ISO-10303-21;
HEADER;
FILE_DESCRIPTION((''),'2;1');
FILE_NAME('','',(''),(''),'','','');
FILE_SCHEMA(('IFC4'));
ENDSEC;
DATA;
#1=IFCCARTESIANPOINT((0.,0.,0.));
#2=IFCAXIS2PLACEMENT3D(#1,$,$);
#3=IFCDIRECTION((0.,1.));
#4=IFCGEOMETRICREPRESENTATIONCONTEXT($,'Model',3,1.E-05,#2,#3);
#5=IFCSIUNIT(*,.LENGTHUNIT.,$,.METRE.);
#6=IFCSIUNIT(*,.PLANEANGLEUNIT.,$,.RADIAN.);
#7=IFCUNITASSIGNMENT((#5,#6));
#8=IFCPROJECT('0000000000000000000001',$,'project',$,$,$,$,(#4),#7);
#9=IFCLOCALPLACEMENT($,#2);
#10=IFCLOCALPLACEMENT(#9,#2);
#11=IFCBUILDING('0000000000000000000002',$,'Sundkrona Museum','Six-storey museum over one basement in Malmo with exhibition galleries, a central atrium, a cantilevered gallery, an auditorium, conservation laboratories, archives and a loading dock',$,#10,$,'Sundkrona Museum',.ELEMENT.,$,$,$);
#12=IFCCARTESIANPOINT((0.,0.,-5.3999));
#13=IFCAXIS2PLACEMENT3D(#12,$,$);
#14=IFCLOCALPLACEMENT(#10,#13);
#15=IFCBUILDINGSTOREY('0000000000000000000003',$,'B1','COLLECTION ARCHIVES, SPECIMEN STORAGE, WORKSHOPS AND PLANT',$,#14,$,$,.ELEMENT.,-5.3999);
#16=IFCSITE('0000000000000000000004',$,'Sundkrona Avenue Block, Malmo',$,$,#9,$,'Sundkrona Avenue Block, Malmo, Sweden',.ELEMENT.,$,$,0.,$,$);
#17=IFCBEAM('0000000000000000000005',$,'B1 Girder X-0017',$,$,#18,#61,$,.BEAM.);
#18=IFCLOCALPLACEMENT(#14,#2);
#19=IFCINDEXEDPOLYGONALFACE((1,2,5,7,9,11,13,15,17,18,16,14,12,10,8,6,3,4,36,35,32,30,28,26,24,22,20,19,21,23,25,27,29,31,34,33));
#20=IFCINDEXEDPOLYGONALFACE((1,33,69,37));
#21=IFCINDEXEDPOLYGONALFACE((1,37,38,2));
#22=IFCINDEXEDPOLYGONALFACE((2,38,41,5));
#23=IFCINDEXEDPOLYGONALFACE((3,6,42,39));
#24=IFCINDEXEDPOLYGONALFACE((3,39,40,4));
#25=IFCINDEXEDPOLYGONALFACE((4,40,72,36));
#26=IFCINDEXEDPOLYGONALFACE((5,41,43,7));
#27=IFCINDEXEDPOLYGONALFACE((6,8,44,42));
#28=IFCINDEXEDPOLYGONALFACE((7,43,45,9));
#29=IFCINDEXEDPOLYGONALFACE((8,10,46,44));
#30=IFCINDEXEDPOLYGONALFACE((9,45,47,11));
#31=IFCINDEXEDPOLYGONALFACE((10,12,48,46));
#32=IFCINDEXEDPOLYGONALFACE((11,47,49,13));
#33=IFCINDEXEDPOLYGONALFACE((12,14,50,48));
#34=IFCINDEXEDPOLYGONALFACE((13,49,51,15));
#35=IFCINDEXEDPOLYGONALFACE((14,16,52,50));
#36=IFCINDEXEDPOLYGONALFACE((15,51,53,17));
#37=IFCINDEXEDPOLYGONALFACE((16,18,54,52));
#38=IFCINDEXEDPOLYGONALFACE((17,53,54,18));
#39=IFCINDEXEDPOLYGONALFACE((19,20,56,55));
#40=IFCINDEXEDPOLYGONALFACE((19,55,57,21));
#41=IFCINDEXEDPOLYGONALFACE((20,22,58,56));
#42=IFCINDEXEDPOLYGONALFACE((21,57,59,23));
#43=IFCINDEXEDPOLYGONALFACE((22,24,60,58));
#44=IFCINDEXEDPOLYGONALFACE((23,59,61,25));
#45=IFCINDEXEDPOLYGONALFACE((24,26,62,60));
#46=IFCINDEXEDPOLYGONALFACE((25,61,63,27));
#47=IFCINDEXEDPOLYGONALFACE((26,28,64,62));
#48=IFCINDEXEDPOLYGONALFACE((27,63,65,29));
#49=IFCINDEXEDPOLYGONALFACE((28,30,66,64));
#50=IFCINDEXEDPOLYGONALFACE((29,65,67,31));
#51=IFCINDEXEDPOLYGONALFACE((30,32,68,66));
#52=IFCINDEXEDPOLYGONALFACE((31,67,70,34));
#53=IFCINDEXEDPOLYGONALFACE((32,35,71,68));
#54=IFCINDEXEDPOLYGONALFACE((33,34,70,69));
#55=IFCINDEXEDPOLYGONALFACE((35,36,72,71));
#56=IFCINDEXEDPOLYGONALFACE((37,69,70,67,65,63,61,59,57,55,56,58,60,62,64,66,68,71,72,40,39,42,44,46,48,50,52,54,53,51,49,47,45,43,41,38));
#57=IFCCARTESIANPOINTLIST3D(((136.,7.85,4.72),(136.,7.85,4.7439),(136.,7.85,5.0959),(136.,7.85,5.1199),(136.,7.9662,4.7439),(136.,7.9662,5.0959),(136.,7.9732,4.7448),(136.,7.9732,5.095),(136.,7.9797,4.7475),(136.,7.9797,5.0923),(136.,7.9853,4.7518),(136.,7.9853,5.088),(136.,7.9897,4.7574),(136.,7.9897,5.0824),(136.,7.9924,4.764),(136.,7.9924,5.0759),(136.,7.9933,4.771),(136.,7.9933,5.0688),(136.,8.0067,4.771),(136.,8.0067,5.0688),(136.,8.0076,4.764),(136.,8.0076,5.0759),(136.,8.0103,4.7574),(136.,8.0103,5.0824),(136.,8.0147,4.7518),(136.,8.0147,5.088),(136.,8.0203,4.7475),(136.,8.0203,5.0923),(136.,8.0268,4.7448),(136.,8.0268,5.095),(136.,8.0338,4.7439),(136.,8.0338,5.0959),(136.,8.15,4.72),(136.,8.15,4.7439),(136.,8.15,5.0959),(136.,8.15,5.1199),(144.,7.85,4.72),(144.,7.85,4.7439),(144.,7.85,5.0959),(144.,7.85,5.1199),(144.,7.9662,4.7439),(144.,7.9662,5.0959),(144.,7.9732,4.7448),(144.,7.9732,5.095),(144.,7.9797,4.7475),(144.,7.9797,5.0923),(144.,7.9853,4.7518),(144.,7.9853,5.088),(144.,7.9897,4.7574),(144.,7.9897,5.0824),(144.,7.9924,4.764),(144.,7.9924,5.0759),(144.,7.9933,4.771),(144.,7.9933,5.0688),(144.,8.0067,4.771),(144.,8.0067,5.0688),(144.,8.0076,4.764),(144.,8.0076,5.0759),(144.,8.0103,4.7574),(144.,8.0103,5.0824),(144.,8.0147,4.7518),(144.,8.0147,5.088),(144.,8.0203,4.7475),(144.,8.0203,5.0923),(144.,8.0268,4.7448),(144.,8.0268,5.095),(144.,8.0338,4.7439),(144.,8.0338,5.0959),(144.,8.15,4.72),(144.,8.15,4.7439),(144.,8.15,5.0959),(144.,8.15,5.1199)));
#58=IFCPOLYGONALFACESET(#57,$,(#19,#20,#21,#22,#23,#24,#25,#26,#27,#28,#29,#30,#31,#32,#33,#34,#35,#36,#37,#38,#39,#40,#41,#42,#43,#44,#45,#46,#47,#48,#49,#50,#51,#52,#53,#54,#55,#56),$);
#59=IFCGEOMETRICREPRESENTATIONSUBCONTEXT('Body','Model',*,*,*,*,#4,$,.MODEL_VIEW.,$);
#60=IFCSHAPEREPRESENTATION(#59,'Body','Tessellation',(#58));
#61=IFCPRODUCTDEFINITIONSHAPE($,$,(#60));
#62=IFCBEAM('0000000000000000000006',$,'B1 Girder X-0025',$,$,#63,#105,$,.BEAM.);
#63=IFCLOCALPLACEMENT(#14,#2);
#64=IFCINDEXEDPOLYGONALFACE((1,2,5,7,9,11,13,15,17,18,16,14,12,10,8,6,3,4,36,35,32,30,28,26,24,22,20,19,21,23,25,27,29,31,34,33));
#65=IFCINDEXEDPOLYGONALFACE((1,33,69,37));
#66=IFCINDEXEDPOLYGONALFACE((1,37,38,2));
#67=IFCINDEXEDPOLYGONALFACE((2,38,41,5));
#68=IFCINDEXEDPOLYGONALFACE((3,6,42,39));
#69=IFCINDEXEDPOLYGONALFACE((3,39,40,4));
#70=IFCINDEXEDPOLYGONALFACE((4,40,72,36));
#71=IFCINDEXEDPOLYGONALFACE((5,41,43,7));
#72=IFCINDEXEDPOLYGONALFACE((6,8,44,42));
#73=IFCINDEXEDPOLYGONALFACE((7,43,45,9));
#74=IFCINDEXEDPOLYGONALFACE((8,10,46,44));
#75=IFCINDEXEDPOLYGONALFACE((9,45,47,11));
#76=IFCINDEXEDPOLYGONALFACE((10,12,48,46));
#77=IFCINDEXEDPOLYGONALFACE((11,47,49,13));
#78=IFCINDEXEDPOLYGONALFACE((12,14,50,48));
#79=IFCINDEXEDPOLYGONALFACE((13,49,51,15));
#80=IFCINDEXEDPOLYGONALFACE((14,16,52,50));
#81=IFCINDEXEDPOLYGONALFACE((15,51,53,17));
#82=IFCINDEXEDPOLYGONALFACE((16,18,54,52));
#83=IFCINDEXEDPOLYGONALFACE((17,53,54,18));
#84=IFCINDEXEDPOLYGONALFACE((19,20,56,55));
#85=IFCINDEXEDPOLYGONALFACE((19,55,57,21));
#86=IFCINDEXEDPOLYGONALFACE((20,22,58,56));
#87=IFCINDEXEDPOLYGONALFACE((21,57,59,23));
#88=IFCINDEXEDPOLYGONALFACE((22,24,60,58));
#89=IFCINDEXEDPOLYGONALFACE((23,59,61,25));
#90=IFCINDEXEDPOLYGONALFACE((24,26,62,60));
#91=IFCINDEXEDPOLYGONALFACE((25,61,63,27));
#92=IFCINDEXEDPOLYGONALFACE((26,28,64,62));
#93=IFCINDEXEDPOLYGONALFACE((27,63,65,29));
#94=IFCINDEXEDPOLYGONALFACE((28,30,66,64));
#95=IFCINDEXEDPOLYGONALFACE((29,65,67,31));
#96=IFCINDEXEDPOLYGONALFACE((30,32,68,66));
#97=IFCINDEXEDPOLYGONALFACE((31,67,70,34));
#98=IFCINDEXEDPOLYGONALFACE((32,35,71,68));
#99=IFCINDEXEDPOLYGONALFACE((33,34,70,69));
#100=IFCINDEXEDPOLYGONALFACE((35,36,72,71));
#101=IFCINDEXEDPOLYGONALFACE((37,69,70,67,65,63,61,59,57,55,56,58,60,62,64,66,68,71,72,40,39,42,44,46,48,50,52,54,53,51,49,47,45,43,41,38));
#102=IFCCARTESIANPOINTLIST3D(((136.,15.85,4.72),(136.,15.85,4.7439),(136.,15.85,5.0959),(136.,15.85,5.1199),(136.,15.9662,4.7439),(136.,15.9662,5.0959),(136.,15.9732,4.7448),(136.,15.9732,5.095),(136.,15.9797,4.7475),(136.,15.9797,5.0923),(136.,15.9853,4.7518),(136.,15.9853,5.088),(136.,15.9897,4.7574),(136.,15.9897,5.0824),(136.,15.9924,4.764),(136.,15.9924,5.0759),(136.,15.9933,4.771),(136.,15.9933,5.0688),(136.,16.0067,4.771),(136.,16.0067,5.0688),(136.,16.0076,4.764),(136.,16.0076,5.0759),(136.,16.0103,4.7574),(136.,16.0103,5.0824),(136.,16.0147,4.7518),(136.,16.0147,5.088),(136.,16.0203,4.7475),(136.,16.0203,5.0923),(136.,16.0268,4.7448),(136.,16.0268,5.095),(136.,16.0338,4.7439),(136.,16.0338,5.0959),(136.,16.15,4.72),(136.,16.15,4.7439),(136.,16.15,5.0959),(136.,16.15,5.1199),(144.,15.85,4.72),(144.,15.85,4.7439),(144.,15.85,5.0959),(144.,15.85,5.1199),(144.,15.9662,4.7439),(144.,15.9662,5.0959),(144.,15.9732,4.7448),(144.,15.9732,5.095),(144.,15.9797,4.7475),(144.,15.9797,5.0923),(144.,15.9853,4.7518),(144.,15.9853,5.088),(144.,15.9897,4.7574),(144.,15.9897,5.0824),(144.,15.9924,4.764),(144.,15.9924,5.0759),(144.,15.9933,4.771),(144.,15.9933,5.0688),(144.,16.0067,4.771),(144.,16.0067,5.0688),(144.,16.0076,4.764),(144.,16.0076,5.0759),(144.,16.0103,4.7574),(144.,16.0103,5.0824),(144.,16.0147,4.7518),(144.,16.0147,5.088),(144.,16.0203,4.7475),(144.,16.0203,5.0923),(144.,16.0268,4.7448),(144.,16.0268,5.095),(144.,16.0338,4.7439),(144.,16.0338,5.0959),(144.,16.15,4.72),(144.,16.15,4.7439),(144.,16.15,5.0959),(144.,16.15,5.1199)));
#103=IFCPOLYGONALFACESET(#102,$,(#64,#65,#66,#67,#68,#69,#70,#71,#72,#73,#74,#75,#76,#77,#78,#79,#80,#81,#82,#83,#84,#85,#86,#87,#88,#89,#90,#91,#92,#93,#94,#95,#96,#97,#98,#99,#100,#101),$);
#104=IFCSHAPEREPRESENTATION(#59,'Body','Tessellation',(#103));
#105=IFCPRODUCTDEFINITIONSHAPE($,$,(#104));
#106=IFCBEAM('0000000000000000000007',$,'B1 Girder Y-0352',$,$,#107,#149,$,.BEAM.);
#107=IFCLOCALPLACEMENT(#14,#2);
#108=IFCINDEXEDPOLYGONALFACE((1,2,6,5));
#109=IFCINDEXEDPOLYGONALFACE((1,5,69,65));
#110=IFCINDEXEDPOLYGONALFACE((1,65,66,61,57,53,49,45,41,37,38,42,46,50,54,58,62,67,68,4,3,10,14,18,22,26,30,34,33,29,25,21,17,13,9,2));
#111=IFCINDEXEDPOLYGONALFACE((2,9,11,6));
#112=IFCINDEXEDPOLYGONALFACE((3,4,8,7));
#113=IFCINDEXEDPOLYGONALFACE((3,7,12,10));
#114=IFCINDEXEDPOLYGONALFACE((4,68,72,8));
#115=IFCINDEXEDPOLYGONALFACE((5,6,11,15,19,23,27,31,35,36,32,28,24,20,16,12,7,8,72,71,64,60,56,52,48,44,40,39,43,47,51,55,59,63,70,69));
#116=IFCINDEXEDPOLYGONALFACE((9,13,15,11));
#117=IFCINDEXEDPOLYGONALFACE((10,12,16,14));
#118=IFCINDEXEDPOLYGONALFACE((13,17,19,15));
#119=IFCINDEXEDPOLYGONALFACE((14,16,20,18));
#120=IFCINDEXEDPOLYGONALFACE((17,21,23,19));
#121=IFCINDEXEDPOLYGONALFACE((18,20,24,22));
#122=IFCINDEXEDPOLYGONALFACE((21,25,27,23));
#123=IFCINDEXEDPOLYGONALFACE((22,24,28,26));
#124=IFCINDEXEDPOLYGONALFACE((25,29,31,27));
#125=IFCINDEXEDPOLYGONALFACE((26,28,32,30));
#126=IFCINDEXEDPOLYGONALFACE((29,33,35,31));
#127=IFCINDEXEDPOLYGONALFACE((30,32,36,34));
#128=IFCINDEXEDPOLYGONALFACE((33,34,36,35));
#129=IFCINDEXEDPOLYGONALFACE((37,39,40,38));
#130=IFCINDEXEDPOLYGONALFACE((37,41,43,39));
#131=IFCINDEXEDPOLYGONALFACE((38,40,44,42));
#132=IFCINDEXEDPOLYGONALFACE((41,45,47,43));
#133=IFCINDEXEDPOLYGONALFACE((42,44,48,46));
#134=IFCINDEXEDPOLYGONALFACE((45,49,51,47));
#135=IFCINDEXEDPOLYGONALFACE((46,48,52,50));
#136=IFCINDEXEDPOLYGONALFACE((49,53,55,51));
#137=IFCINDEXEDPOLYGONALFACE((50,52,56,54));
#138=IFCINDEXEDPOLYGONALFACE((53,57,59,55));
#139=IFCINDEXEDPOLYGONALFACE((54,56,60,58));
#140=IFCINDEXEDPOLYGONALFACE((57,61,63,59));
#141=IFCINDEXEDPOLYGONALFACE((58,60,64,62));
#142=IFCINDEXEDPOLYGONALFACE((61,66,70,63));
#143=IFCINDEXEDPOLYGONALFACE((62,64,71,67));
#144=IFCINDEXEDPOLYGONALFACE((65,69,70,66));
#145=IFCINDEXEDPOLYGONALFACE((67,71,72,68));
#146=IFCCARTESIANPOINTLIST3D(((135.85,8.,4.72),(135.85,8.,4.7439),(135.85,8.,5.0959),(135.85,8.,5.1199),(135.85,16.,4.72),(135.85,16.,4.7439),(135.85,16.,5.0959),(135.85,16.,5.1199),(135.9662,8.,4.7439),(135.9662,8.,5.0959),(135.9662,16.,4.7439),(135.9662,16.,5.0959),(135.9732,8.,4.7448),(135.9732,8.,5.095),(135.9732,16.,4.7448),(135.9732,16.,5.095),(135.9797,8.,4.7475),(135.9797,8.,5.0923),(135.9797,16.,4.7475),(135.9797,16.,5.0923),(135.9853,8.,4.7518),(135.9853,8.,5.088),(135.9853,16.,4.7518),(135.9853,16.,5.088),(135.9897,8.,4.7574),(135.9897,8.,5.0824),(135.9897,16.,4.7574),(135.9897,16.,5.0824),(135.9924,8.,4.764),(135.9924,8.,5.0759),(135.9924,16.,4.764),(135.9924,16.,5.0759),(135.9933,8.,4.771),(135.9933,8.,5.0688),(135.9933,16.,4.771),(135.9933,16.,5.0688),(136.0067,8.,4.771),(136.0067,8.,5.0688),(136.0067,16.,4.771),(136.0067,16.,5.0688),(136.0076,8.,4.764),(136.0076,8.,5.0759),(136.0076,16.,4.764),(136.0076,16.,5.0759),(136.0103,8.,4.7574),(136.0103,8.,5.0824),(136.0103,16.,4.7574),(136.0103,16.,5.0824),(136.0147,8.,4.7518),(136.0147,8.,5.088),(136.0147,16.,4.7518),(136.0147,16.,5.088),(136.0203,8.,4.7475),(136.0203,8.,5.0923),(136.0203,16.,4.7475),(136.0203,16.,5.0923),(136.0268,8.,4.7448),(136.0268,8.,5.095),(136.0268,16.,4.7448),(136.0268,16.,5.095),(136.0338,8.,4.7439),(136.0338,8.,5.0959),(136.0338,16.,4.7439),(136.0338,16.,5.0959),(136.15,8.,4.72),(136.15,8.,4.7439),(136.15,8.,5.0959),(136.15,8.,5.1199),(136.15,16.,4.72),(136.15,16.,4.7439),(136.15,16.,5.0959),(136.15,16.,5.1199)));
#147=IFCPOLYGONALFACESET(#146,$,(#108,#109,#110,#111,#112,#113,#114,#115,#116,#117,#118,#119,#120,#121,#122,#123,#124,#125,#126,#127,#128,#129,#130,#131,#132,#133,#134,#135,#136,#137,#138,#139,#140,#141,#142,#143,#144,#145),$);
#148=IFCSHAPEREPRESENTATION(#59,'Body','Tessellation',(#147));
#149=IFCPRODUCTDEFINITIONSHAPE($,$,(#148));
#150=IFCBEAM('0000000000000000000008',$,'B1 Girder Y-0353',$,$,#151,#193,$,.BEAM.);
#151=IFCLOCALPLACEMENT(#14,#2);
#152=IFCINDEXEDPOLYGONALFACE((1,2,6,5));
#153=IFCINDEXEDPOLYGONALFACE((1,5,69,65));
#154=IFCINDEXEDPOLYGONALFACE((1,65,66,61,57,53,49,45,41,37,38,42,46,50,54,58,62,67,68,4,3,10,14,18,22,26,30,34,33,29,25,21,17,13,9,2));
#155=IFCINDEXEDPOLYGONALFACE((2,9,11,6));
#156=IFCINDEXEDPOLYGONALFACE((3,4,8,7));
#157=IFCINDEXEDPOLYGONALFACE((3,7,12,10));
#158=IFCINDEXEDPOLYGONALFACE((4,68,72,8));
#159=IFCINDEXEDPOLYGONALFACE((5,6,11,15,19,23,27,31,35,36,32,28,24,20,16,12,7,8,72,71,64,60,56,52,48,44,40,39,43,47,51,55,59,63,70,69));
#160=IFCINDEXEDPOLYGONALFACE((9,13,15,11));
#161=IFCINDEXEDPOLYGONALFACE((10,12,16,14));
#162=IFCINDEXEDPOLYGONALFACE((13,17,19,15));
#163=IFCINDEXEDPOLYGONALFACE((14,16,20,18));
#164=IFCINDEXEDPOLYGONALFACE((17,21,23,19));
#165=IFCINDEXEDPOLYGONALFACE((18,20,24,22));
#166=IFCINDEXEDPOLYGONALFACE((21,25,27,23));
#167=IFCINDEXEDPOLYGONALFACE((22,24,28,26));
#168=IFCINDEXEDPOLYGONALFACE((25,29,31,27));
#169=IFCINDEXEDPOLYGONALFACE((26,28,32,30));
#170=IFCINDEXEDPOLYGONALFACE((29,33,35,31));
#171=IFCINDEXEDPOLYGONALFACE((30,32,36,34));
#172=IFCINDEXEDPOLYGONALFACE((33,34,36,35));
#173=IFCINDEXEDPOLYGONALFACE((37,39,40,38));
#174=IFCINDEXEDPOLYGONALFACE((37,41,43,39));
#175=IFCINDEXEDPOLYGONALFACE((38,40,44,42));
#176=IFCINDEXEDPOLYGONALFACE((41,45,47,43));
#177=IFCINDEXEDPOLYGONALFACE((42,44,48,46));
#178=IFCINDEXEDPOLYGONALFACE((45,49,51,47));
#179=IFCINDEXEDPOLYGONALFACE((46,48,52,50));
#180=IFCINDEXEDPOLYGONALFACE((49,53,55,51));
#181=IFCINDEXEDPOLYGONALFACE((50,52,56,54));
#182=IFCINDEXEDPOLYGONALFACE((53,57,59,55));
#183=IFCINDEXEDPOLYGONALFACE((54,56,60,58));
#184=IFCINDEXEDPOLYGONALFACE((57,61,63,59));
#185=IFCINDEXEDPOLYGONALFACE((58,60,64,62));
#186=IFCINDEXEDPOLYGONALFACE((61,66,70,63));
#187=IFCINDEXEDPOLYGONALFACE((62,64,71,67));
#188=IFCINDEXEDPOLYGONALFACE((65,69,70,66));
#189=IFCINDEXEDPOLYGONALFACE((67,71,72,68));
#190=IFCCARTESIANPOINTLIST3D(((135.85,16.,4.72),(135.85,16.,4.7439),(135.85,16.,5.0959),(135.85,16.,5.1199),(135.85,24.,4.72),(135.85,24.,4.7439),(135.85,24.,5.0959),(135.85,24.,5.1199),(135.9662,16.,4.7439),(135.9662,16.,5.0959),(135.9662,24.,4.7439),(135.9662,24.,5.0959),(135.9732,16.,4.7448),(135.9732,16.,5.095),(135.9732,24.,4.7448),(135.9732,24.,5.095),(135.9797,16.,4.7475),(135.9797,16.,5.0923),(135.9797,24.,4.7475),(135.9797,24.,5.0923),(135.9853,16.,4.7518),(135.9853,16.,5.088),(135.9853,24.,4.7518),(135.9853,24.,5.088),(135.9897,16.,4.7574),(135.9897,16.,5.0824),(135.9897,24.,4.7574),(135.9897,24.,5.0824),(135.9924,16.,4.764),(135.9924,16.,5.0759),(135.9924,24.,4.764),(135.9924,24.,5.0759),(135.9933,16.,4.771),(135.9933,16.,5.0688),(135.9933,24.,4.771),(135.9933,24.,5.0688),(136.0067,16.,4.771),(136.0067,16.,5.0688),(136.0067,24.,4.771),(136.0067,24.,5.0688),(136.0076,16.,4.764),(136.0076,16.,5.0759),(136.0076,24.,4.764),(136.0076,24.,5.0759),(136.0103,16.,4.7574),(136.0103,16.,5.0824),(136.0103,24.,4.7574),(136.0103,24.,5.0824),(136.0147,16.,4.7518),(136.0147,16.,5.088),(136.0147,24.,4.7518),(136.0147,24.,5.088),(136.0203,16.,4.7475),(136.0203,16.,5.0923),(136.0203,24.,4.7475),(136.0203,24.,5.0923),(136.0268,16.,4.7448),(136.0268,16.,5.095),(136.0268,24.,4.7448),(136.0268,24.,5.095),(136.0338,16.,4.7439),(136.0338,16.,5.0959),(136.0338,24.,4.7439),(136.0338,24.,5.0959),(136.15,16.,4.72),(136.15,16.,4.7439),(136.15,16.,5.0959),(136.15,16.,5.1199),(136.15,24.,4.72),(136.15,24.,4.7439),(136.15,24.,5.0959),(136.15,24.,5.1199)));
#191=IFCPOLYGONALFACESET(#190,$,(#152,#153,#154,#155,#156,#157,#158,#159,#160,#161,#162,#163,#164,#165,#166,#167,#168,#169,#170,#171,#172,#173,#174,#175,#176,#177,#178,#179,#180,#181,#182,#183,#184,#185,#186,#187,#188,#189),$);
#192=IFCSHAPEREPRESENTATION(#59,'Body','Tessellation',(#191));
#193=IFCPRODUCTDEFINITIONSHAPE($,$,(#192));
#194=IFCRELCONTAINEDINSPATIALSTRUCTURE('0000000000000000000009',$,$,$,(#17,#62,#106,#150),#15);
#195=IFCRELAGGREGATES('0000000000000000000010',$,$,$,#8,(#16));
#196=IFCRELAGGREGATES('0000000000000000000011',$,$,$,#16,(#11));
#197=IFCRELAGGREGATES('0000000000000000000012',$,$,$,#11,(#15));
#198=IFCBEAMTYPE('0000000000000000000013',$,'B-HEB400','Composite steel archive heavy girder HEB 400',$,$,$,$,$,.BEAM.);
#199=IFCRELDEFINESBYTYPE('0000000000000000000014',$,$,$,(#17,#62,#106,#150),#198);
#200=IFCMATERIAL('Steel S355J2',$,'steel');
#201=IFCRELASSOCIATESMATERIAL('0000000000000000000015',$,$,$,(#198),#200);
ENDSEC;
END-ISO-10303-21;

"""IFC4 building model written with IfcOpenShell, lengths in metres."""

from ifc_helpers import new_model, si_unit, direction, frame, origin, origin_2d, place, context, subcontext, project, spatial, i_section, extrude, material, material_profile, profile_set, type_object, element, save


model = new_model("IFC4")

# Units and contexts
model_context = context("Model", 3, precision=1e-05, world=origin(), true_north=direction((0.0, 1.0)))
body_context = subcontext(model_context, "Body", "Model", "MODEL_VIEW")
ifc_project = project(units=[si_unit("LENGTHUNIT", "METRE"), si_unit("PLANEANGLEUNIT", "RADIAN")], contexts=[model_context])

# Site, building, storey
site_placement = place(None, origin())
site = spatial("IfcSite", under=ifc_project, at=site_placement, Name="Sundkrona Avenue Block, Malmo", LongName="Sundkrona Avenue Block, Malmo, Sweden", CompositionType="ELEMENT", RefElevation=0.0)
building_placement = place(site_placement, origin())
building = spatial("IfcBuilding", under=site, at=building_placement, Name="Sundkrona Museum", Description="Six-storey museum over one basement in Malmo with exhibition galleries, a central atrium, a cantilevered gallery, an auditorium, conservation laboratories, archives and a loading dock", LongName="Sundkrona Museum", CompositionType="ELEMENT")
storey_placement = place(building_placement, frame((0.0, 0.0, -5.3999)))
storey = spatial("IfcBuildingStorey", under=building, at=storey_placement, Name="B1", Description="COLLECTION ARCHIVES, SPECIMEN STORAGE, WORKSHOPS AND PLANT", CompositionType="ELEMENT", Elevation=-5.3999)

# Beams
ifc_material_1 = material(Name="Steel S355J2", Category="steel")
ifc_material_profile_1 = material_profile(ifc_material_1, i_section(OverallWidth=0.3, OverallDepth=0.3999, WebThickness=0.0134, FlangeThickness=0.0239, FilletRadius=0.0271, at=origin_2d()), Name="HEB 400")
ifc_profile_set_1 = profile_set([ifc_material_profile_1], Name="Steel S355J2")
beam_type_1 = type_object("IfcBeamType", Name="B-HEB400", Description="Composite steel archive heavy girder HEB 400", PredefinedType="BEAM", material=ifc_profile_set_1)
for number, where, z_axis, x_axis, name in (
    (1, (136.0, 8.0, 4.9199), (1.0, 0.0, 0.0), (0.0, 1.0, 0.0), "B1 Girder X-0017"),
    (2, (136.0, 16.0, 4.9199), (1.0, 0.0, 0.0), (0.0, 1.0, 0.0), "B1 Girder X-0025"),
    (3, (136.0, 8.0, 4.9199), (0.0, 1.0, 0.0), (-1.0, 0.0, 0.0), "B1 Girder Y-0352"),
    (4, (136.0, 16.0, 4.9199), (0.0, 1.0, 0.0), (-1.0, 0.0, 0.0), "B1 Girder Y-0353"),
):
    element("IfcBeam", number, at=place(storey_placement, frame(where, z_axis=z_axis, x_axis=x_axis)), inside=storey, type_object=beam_type_1, Name=name, PredefinedType="BEAM", context=body_context, shape_type="SweptSolid", body=[
        extrude(i_section(OverallWidth=0.3, OverallDepth=0.3999, WebThickness=0.0134, FlangeThickness=0.0239, FilletRadius=0.0271, at=origin_2d()), origin(), (0.0, 0.0, 1.0), 8.0),
    ])

save(model, "model.ifc")
